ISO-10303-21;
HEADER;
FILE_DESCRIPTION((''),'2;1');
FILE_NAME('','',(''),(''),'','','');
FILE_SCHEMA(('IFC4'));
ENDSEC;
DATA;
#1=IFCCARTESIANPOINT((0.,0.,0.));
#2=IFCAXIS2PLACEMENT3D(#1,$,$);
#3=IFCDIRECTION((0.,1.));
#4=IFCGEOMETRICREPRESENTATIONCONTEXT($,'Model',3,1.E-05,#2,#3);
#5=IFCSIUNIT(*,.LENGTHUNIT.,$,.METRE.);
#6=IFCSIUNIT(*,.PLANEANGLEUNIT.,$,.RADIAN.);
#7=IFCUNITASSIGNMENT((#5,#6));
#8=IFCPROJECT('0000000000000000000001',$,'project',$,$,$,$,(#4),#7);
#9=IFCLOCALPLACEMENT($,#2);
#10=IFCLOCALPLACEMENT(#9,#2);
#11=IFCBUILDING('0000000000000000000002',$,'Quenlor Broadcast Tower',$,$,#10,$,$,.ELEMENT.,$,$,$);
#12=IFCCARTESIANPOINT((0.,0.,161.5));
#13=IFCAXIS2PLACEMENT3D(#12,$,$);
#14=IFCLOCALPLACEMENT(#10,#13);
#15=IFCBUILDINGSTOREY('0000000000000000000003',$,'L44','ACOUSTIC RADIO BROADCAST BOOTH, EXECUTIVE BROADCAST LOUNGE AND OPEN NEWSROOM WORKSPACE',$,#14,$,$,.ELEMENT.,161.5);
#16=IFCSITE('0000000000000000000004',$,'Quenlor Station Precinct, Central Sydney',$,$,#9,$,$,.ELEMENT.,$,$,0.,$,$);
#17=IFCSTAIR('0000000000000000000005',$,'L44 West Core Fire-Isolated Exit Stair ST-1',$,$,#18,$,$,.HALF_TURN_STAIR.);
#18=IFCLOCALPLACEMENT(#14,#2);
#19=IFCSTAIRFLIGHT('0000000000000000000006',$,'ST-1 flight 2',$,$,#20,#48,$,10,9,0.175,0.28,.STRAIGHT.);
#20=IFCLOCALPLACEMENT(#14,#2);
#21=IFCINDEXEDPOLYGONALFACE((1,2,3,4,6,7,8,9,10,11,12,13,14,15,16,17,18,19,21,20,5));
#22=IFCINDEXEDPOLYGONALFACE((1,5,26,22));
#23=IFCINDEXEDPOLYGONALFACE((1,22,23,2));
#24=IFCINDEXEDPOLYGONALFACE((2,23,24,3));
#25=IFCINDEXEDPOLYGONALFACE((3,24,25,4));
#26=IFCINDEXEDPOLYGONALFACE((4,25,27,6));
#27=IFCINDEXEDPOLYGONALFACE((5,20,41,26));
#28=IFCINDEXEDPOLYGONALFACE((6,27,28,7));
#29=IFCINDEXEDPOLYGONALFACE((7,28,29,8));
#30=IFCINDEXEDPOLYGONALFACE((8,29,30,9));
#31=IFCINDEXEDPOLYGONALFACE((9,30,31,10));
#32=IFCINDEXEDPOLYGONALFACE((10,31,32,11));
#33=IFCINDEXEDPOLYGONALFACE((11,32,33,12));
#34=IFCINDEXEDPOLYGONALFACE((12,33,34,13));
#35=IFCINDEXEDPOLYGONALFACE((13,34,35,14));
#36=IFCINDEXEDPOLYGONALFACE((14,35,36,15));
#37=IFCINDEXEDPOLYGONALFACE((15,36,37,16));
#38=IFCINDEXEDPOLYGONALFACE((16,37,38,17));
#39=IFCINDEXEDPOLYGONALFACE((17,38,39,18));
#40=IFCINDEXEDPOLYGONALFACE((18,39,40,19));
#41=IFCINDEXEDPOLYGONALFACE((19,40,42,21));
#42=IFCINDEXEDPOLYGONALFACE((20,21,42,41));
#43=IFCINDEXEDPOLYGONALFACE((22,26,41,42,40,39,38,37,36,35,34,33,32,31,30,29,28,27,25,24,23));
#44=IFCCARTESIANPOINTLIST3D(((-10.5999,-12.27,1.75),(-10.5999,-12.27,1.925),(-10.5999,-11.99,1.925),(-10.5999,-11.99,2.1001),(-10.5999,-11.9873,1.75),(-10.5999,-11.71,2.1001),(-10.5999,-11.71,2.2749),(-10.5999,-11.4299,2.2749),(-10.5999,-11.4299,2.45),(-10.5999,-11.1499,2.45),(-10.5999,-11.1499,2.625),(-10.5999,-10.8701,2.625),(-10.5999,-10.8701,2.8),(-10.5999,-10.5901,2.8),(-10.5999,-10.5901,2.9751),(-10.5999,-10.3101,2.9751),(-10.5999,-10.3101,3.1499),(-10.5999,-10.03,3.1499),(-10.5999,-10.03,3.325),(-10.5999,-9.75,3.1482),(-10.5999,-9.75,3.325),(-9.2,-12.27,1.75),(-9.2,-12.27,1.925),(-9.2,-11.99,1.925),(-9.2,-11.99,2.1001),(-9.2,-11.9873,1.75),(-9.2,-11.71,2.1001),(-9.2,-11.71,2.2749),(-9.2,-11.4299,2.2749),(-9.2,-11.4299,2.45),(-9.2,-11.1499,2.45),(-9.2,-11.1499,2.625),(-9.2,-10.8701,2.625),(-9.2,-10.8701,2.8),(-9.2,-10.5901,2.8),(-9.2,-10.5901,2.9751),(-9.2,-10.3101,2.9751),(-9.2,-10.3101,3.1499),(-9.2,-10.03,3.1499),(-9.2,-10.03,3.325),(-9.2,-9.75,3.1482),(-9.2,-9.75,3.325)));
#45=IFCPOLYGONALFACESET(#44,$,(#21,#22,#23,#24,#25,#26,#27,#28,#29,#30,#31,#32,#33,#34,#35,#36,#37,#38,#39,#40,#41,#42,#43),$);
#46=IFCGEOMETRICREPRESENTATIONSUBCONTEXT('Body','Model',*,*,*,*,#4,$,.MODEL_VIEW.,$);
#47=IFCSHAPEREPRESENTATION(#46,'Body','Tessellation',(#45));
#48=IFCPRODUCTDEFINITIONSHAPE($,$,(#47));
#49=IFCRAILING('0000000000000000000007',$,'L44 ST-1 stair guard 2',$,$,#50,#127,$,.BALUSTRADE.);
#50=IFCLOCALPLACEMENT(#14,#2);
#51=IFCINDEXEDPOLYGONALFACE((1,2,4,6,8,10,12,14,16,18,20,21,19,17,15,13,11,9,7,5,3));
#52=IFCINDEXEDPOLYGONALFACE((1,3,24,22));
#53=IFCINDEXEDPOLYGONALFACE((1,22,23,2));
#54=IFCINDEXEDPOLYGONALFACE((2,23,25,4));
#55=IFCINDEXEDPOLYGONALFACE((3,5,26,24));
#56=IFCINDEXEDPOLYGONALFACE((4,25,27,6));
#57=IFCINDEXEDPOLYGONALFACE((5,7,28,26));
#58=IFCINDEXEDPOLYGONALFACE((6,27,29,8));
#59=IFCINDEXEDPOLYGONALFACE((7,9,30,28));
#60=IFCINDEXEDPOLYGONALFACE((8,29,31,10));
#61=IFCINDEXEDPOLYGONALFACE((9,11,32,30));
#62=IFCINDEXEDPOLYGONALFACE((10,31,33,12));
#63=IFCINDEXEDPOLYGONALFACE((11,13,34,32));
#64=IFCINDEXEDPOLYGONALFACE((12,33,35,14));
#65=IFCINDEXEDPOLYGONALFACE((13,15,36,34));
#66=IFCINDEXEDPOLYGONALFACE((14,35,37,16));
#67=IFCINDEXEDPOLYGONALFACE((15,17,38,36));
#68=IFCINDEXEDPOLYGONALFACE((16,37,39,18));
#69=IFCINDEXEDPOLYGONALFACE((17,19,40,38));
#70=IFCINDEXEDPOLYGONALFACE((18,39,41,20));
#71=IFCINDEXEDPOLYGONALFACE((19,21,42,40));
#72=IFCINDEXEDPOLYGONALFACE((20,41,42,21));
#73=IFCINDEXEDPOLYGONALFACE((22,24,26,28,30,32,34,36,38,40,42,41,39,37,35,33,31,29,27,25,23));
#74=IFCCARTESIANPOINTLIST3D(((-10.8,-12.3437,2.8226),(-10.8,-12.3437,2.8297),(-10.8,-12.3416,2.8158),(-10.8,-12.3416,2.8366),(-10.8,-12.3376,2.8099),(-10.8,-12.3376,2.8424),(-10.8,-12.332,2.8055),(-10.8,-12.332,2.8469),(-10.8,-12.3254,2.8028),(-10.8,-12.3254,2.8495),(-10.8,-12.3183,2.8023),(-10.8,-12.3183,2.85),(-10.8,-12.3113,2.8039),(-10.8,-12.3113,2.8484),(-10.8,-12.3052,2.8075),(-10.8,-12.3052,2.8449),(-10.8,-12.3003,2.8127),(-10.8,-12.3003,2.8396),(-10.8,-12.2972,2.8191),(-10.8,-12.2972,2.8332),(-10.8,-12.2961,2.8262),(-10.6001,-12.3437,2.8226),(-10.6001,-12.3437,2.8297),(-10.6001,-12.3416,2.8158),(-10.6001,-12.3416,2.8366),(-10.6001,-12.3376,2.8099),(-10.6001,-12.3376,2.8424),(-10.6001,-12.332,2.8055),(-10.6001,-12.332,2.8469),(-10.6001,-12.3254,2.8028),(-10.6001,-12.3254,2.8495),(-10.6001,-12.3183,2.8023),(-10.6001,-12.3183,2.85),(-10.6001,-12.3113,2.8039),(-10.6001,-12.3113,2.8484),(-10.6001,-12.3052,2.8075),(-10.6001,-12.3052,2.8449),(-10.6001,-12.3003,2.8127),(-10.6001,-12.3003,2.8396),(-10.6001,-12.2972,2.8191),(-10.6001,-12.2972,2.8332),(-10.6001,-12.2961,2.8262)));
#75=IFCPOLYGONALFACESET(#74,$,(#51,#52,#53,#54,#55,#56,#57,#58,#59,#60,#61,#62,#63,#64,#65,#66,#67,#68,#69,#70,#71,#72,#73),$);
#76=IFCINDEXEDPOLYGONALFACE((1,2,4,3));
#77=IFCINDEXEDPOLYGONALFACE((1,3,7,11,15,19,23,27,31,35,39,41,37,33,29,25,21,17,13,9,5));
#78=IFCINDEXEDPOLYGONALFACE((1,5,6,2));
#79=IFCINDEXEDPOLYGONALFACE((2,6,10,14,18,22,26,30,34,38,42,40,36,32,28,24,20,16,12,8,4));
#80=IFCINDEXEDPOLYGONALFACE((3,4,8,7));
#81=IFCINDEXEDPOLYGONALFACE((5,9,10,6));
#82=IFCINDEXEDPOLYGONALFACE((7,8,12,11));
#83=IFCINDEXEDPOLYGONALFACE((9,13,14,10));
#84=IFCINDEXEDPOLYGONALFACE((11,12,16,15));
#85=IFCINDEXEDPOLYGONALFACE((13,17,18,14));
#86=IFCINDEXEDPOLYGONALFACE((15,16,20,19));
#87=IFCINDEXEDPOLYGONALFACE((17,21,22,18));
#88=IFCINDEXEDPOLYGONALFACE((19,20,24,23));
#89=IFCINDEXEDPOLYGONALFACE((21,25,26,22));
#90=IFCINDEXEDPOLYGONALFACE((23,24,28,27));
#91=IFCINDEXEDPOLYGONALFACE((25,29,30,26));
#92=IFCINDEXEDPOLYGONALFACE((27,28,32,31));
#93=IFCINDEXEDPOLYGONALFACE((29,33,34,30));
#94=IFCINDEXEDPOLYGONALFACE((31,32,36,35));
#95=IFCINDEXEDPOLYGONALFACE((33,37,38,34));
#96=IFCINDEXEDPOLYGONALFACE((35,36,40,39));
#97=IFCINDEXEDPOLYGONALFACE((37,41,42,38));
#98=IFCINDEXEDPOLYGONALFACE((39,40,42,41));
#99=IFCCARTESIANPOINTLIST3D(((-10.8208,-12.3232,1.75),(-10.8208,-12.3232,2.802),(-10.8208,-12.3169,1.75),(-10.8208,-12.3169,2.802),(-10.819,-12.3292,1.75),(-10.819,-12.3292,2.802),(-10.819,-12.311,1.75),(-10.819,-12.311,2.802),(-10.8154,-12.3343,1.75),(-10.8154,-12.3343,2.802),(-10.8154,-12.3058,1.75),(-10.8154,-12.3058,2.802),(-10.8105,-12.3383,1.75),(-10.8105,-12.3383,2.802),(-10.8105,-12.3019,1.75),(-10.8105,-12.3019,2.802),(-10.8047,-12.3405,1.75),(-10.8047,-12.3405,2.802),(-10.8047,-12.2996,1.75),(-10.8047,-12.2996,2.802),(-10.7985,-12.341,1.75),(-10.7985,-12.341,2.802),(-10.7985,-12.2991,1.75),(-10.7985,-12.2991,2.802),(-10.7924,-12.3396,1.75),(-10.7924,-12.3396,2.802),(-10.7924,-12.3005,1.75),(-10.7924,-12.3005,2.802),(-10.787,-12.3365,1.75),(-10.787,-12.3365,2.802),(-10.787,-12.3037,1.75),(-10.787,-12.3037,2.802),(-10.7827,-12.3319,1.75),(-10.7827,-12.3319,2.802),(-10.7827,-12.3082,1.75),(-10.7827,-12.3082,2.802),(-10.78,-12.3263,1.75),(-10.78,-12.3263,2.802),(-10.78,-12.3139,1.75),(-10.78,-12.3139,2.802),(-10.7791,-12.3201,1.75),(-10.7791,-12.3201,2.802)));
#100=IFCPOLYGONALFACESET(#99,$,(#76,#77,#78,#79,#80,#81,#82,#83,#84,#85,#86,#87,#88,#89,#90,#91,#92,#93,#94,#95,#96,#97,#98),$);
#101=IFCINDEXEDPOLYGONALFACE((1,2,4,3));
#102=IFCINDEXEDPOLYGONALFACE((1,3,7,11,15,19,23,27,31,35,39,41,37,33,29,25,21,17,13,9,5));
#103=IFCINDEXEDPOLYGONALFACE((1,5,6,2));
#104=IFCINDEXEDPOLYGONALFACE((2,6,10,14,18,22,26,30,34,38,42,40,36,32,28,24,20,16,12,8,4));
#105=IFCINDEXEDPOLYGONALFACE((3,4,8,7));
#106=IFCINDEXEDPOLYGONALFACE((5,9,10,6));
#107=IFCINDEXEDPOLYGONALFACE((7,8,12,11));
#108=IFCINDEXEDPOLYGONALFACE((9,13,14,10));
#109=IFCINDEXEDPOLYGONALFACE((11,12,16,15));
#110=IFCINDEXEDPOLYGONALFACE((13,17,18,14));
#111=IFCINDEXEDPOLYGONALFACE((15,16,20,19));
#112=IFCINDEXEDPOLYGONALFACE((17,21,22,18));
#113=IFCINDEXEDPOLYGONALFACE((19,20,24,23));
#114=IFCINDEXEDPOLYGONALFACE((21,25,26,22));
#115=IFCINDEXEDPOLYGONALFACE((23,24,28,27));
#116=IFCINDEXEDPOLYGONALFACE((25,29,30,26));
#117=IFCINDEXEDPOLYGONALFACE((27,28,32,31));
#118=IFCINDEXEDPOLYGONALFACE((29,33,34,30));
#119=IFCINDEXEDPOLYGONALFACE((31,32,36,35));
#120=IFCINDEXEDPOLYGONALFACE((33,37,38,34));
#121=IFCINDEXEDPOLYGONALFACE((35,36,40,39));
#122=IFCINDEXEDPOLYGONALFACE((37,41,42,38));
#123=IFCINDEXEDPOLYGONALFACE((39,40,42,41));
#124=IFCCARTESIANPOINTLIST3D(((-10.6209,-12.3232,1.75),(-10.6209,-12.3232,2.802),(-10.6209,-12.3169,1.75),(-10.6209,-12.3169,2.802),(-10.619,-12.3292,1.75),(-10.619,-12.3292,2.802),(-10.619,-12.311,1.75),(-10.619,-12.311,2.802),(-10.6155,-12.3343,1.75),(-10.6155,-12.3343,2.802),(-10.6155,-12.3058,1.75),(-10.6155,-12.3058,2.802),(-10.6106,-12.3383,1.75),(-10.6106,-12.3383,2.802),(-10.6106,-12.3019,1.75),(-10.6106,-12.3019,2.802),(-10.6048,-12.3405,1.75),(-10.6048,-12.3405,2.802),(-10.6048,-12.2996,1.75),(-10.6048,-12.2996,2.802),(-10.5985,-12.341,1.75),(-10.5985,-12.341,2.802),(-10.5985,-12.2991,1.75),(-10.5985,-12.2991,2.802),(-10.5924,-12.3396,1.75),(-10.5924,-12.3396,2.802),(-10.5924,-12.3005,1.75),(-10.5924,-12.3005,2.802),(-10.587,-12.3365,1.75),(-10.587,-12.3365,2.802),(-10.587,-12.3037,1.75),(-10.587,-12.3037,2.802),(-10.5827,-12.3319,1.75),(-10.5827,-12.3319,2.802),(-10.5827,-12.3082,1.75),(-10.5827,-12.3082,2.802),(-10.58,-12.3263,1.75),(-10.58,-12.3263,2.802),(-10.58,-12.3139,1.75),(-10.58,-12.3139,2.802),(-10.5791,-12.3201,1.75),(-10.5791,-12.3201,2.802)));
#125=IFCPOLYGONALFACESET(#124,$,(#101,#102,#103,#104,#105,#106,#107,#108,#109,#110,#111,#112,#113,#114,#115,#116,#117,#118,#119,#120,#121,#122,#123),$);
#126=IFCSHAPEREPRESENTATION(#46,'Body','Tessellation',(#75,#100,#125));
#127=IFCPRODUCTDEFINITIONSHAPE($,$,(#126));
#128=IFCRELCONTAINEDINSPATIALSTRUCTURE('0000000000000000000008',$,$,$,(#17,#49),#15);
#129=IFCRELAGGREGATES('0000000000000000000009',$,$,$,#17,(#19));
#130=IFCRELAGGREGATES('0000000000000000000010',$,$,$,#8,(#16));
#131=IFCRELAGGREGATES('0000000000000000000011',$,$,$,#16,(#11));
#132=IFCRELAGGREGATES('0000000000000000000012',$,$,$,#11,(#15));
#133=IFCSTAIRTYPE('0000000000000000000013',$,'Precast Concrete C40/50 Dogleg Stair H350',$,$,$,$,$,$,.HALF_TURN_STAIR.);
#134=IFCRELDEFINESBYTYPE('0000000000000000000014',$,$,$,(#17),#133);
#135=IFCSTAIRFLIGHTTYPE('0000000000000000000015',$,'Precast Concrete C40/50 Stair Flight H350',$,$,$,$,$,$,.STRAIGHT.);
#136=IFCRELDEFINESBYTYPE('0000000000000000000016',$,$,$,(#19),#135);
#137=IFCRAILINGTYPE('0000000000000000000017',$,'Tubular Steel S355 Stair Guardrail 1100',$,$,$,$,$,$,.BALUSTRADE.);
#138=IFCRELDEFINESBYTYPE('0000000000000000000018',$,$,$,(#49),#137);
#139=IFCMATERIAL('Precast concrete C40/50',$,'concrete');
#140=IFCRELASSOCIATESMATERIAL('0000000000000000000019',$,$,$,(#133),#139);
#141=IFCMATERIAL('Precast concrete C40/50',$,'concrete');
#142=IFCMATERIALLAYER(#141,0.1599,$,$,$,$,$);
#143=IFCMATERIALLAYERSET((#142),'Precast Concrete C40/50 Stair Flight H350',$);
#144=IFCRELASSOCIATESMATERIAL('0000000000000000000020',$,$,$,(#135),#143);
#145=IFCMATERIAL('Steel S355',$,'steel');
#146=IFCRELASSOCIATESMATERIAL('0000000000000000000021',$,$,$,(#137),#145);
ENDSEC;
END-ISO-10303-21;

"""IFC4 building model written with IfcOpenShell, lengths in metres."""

from ifc_helpers import new_model, si_unit, direction, frame, origin, origin_2d, place, context, subcontext, project, spatial, polyline, circle, outline, extrude, material, layer, layer_set, type_object, element, aggregate, save


model = new_model("IFC4")

# Units and contexts
model_context = context("Model", 3, precision=1e-05, world=origin(), true_north=direction((0.0, 1.0)))
body_context = subcontext(model_context, "Body", "Model", "MODEL_VIEW")
ifc_project = project(units=[si_unit("LENGTHUNIT", "METRE"), si_unit("PLANEANGLEUNIT", "RADIAN")], contexts=[model_context])

# Site, building, storey
site_placement = place(None, origin())
site = spatial("IfcSite", under=ifc_project, at=site_placement, Name="Quenlor Station Precinct, Central Sydney", CompositionType="ELEMENT", RefElevation=0.0)
building_placement = place(site_placement, origin())
building = spatial("IfcBuilding", under=site, at=building_placement, Name="Quenlor Broadcast Tower", CompositionType="ELEMENT")
storey_placement = place(building_placement, frame((0.0, 0.0, 161.5)))
storey = spatial("IfcBuildingStorey", under=building, at=storey_placement, Name="L44", Description="ACOUSTIC RADIO BROADCAST BOOTH, EXECUTIVE BROADCAST LOUNGE AND OPEN NEWSROOM WORKSPACE", CompositionType="ELEMENT", Elevation=161.5)

# Stair, stair flight
ifc_material_1 = material(Name="Precast concrete C40/50", Category="concrete")
stair_type = type_object("IfcStairType", Name="Precast Concrete C40/50 Dogleg Stair H350", PredefinedType="HALF_TURN_STAIR", material=ifc_material_1)
stair_placement = place(storey_placement, origin())
stair = element("IfcStair", 1, at=stair_placement, inside=storey, type_object=stair_type, Name="L44 West Core Fire-Isolated Exit Stair ST-1", PredefinedType="HALF_TURN_STAIR")
ifc_material_2 = material(Name="Precast concrete C40/50", Category="concrete")
ifc_layer_1 = layer(ifc_material_2, 0.1599)
ifc_layer_set_1 = layer_set([ifc_layer_1], Name="Precast Concrete C40/50 Stair Flight H350")
stair_flight_type = type_object("IfcStairFlightType", Name="Precast Concrete C40/50 Stair Flight H350", PredefinedType="STRAIGHT", material=ifc_layer_set_1)
stair_flight_placement = place(storey_placement, frame((-9.8999, -12.27, 1.75), z_axis=(0.0, 0.0, 1.0), x_axis=(0.0, 1.0, 0.0)))
stair_flight = element("IfcStairFlight", 2, at=stair_flight_placement, type_object=stair_flight_type, Name="ST-1 flight 2", NumberOfRisers=10, NumberOfTreads=9, PredefinedType="STRAIGHT", RiserHeight=0.175, TreadLength=0.28, context=body_context, shape_type="SweptSolid", body=[
    extrude(outline(polyline([(0.0, 0.0), (0.0, 0.175), (0.28, 0.175), (0.28, 0.3501), (0.5601, 0.3501), (0.5601, 0.5249), (0.8401, 0.5249), (0.8401, 0.7), (1.1201, 0.7), (1.1201, 0.875), (1.3999, 0.875), (1.3999, 1.05), (1.6799, 1.05), (1.6799, 1.2251), (1.96, 1.2251), (1.96, 1.3999), (2.24, 1.3999), (2.24, 1.575), (2.52, 1.575), (2.52, 1.75), (2.52, 1.3982), (0.2827, 0.0), (0.0, 0.0)])), frame((0.0, 0.7, 0.0), z_axis=(0.0, -1.0, 0.0), x_axis=(1.0, 0.0, 0.0)), (0.0, 0.0, 1.0), 1.3999),
])
aggregate(stair, [stair_flight])

# Railing
ifc_material_3 = material(Name="Steel S355", Category="steel")
railing_type = type_object("IfcRailingType", Name="Tubular Steel S355 Stair Guardrail 1100", PredefinedType="BALUSTRADE", material=ifc_material_3)
railing_1_placement = place(storey_placement, frame((-10.8, -12.3201, 1.75)))
element("IfcRailing", 3, at=railing_1_placement, inside=storey, type_object=railing_type, Name="L44 ST-1 stair guard 2", PredefinedType="BALUSTRADE", context=body_context, shape_type="SweptSolid", body=[
    extrude(circle(Radius=0.0239, at=origin_2d()), frame((0.0, 0.0, 1.0762), z_axis=(1.0, 0.0, 0.0), x_axis=(0.0, 1.0, 0.0)), (0.0, 0.0, 1.0), 0.2),
    extrude(circle(Radius=0.021, at=origin_2d()), origin(), (0.0, 0.0, 1.0), 1.052),
    extrude(circle(Radius=0.021, at=origin_2d()), frame((0.2, 0.0, 0.0)), (0.0, 0.0, 1.0), 1.052),
])

save(model, "model.ifc")
